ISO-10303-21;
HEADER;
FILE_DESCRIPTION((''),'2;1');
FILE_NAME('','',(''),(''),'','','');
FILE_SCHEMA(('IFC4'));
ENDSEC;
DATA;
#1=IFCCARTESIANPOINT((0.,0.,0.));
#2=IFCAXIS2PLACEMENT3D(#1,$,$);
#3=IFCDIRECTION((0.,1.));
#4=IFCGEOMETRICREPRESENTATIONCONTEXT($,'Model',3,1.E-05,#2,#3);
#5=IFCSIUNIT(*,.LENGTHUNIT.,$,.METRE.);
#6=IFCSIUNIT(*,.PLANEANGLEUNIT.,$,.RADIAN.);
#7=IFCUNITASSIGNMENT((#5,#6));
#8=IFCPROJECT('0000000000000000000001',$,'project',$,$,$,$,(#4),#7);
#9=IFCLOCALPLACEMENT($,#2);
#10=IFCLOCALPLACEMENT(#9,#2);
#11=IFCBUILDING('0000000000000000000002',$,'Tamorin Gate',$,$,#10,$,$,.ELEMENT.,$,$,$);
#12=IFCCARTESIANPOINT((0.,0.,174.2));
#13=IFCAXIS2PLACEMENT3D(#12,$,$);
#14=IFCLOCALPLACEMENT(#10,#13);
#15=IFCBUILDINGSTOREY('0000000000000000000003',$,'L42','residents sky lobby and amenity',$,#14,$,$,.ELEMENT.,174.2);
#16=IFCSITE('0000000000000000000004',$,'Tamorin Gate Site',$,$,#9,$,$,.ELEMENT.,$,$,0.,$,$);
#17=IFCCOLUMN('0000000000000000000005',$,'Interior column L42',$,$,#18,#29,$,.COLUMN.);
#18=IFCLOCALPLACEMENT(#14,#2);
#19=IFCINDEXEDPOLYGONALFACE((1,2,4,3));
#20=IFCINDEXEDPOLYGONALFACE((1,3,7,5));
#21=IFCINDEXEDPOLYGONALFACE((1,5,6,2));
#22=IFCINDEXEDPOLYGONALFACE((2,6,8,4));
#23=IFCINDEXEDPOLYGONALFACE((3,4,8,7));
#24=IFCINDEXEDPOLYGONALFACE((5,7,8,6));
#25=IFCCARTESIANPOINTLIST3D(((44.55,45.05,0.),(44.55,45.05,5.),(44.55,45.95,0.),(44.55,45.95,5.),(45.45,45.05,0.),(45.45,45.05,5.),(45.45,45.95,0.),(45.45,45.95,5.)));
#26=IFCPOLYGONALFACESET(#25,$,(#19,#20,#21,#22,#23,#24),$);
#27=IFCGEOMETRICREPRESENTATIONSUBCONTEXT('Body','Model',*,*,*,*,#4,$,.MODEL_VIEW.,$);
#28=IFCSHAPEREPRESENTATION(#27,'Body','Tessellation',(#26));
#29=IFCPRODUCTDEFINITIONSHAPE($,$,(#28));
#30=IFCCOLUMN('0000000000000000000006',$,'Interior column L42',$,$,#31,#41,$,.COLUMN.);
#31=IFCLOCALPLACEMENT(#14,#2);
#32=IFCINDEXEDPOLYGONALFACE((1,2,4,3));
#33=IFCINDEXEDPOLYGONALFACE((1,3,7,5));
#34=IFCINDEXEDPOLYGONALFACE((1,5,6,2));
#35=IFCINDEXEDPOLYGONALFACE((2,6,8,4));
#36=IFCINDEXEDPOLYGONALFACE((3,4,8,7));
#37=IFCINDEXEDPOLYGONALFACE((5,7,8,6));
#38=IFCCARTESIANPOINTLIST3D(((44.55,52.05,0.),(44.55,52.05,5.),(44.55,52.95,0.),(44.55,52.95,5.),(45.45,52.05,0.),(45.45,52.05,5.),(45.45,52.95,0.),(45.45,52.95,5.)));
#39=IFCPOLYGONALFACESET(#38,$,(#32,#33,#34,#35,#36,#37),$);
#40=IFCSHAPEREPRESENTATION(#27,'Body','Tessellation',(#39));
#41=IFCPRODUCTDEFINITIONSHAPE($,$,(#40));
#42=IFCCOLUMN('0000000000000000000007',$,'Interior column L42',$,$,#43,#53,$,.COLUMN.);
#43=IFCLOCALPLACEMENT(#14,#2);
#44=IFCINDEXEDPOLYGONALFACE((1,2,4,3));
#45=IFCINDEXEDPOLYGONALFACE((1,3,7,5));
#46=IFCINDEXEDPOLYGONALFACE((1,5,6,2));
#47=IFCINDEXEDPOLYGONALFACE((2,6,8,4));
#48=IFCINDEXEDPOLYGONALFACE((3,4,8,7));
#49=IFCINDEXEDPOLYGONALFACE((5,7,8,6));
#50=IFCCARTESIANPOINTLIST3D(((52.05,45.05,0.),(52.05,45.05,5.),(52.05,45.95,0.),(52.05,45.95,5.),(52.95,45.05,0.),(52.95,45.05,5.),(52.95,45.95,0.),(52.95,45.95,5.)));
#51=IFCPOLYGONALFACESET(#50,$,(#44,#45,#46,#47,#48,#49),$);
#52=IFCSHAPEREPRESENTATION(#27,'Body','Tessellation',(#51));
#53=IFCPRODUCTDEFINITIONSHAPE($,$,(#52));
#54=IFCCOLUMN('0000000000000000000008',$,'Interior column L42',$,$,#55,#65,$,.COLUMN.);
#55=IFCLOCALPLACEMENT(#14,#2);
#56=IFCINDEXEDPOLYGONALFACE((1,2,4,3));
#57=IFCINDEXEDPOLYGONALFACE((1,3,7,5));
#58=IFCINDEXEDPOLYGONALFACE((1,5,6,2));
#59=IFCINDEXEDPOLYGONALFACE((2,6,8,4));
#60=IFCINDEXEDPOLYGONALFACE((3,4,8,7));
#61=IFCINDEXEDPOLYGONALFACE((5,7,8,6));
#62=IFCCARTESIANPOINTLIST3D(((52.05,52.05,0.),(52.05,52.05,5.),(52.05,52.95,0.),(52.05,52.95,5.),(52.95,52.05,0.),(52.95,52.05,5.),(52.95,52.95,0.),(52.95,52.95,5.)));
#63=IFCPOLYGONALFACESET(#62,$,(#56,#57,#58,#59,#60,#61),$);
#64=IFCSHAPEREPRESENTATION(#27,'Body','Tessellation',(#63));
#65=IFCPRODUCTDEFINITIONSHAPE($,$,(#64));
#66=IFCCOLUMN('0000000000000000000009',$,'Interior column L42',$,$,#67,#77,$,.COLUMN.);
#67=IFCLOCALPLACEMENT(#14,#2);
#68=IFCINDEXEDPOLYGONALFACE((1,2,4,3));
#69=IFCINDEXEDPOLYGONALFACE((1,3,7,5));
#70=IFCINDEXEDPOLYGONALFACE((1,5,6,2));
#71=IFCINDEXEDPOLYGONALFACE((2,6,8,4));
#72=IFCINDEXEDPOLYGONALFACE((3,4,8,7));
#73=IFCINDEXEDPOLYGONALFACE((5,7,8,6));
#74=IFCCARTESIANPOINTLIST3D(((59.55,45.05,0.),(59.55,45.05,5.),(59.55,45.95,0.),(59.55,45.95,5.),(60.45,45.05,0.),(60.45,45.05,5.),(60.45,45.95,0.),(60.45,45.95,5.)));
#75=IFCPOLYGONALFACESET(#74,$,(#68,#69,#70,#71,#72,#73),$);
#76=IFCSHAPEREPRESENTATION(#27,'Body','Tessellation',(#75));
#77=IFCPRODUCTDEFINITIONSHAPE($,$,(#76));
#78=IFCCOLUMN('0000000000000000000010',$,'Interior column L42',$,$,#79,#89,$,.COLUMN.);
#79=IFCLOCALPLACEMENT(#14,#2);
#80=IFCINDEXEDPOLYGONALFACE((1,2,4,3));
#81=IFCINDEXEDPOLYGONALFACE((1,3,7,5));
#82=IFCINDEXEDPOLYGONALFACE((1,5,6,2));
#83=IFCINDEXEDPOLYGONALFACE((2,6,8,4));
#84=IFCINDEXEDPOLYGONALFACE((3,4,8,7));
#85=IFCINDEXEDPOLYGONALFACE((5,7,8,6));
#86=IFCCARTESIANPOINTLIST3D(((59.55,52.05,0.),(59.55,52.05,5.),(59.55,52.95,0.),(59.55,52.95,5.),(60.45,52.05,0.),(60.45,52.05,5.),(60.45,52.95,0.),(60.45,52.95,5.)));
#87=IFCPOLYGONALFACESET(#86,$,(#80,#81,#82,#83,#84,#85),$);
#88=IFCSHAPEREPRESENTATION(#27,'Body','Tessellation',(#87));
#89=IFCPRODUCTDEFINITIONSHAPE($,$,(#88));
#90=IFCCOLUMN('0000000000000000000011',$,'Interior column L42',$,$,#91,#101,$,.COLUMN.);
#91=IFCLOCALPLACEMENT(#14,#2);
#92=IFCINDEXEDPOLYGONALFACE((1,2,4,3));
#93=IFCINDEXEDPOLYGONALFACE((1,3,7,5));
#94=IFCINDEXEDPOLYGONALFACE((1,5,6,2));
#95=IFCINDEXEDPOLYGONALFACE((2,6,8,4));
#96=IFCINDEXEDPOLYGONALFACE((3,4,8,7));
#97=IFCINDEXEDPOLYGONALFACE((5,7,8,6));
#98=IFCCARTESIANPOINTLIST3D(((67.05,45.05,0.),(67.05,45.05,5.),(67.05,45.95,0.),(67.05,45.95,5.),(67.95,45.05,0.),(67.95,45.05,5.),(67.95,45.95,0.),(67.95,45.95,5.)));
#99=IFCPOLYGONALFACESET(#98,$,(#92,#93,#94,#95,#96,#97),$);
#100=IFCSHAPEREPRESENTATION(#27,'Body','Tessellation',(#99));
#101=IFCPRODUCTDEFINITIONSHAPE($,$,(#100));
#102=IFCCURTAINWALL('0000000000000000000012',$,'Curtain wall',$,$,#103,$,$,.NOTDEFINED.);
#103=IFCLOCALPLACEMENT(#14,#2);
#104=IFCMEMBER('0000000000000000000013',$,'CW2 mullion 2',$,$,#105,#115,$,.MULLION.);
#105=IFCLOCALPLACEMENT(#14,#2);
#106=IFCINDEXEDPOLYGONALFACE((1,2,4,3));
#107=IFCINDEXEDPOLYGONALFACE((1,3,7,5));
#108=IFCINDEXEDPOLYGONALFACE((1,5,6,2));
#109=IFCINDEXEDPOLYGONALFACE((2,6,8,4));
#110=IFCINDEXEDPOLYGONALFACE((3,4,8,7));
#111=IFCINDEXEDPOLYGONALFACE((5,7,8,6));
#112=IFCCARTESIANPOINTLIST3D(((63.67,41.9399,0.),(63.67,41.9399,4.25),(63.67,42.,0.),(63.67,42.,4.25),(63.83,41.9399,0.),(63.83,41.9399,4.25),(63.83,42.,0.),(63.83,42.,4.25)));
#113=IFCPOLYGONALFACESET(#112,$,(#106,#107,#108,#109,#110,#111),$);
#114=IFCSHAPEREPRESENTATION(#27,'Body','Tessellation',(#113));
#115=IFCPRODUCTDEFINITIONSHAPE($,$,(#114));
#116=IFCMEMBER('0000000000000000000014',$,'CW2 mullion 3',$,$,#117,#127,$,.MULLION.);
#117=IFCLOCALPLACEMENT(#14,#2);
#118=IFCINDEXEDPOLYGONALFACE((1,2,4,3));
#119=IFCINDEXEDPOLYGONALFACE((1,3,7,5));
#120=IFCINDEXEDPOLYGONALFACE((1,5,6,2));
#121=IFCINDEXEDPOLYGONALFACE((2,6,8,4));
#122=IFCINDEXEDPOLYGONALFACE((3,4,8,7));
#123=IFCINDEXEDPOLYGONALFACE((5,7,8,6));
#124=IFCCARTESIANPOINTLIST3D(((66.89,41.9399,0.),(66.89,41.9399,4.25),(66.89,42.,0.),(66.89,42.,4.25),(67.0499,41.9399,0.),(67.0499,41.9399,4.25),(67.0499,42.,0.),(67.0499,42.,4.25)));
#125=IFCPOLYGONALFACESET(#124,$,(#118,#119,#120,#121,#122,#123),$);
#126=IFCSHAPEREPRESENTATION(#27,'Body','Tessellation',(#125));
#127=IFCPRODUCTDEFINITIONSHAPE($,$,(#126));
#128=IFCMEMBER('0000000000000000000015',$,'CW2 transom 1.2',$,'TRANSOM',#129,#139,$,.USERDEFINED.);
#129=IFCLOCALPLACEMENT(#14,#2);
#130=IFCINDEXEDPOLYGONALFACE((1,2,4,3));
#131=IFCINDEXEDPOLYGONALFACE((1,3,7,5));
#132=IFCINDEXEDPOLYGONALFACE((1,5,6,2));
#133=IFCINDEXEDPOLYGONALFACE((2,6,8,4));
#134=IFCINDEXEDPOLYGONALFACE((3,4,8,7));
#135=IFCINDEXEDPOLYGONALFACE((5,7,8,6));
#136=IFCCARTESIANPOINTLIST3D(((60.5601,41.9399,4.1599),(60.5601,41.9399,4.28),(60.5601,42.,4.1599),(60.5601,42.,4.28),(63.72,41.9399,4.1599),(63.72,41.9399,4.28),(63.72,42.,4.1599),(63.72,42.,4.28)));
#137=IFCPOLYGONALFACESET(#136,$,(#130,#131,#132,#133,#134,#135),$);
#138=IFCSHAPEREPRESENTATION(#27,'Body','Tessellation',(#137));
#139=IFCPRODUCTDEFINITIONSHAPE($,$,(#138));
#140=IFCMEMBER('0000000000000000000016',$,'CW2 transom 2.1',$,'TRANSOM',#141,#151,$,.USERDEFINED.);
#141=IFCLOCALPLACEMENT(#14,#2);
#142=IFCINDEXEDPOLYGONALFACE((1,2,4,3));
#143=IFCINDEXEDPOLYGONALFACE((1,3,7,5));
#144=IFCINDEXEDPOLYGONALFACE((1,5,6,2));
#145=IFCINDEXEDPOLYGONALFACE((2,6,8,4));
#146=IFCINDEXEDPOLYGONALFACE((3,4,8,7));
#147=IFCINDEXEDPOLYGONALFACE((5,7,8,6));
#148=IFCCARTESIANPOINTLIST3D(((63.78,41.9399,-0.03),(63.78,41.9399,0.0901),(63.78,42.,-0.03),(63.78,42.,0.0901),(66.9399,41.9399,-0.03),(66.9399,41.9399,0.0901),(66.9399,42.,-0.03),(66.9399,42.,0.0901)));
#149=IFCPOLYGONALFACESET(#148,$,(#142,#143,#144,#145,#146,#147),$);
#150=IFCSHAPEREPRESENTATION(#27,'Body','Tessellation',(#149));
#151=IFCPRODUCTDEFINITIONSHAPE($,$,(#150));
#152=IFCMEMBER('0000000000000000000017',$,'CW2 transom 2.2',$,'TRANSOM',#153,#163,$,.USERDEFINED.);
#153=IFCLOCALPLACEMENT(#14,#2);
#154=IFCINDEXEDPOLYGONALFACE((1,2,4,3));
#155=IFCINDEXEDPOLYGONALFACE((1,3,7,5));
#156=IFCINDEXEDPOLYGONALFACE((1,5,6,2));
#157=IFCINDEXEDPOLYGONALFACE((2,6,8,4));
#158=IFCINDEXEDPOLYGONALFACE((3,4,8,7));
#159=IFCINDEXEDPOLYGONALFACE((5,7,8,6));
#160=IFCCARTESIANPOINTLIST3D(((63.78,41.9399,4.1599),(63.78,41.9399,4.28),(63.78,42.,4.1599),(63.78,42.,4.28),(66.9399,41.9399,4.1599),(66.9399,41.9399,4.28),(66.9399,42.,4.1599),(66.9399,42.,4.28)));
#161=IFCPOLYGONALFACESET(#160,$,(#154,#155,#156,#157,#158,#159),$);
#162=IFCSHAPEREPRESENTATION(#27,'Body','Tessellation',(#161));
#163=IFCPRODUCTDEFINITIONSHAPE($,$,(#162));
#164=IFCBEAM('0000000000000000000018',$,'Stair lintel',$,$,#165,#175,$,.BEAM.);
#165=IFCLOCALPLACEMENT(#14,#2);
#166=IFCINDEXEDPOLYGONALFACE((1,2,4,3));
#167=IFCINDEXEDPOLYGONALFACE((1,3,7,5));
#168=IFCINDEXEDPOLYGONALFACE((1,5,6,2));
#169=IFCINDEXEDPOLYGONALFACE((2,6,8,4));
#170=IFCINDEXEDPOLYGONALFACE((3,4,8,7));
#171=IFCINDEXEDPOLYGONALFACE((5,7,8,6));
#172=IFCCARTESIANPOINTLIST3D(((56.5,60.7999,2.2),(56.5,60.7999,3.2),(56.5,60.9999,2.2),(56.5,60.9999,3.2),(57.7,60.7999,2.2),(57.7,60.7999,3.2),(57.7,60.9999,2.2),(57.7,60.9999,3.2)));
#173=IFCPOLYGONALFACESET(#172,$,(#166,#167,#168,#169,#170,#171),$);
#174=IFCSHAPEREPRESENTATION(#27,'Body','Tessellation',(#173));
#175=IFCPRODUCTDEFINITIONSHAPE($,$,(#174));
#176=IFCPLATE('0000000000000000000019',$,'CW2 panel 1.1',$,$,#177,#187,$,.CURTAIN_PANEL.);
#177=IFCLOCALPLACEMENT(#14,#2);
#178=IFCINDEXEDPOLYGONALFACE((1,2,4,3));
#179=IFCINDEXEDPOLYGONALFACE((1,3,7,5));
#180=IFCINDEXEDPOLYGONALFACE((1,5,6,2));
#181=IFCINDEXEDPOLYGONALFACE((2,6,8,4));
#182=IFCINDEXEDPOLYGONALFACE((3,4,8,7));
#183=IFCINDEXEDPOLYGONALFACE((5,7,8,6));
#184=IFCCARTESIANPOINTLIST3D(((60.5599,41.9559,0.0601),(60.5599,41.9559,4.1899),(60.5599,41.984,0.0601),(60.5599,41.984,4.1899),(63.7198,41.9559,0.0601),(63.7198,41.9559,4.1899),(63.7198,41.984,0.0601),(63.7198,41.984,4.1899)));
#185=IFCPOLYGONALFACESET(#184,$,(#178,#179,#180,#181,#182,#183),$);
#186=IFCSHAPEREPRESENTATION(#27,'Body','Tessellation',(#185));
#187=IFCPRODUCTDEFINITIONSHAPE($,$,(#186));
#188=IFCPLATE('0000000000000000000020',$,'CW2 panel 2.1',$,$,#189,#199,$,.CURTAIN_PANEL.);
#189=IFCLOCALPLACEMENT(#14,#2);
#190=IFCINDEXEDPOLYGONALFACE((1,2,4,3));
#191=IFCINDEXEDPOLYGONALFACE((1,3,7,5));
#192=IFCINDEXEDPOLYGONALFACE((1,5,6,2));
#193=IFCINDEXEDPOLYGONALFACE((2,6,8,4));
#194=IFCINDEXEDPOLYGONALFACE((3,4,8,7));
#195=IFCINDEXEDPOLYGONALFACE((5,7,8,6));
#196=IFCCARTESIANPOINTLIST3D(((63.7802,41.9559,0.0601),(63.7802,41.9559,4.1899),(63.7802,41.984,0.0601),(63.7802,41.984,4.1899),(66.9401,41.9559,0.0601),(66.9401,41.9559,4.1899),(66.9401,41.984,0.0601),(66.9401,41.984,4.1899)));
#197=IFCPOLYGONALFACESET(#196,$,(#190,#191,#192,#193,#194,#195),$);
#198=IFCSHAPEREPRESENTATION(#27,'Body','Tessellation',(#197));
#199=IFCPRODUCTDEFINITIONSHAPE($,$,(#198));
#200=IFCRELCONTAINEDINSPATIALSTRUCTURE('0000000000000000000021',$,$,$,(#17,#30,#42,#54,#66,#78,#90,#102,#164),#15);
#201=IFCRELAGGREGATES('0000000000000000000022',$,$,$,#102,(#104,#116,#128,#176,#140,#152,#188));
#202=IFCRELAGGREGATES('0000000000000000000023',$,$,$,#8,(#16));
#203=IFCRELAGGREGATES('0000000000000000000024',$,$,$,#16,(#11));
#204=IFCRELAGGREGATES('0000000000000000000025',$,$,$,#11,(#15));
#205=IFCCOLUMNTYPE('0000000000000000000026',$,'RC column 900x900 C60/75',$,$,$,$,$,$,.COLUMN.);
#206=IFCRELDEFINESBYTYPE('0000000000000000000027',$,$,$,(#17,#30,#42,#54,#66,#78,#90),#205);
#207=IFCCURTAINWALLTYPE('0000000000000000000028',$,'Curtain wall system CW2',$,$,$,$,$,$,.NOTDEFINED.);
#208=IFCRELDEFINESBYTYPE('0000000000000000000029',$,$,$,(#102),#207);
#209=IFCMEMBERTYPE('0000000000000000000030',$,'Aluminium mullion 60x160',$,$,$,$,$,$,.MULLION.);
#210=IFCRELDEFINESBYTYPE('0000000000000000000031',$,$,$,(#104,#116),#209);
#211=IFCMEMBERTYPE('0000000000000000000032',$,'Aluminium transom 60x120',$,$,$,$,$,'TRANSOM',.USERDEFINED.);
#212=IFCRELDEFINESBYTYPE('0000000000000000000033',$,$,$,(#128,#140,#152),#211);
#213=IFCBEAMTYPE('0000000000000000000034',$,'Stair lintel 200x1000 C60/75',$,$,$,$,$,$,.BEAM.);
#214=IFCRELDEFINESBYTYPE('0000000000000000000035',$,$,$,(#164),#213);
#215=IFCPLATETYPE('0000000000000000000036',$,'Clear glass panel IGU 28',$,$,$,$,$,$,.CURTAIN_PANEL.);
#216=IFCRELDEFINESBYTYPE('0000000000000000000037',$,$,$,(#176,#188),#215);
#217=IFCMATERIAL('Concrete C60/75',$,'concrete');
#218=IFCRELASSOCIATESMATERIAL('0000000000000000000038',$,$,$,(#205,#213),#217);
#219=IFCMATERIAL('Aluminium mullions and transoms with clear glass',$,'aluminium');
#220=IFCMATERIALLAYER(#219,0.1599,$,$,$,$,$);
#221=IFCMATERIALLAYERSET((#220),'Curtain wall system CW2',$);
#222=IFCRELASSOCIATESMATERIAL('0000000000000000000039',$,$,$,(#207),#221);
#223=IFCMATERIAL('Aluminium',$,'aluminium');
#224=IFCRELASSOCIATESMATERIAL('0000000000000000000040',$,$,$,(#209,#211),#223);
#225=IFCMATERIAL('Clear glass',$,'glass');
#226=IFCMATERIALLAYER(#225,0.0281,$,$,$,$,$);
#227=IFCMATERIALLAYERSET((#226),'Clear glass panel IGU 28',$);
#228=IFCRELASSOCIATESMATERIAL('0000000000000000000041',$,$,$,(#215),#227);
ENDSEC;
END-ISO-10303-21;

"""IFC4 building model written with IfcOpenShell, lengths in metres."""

from ifc_helpers import new_model, si_unit, direction, frame, origin, origin_2d, place, context, subcontext, project, spatial, rectangle, extrude, material, layer, layer_set, material_profile, profile_set, type_object, element, aggregate, save


model = new_model("IFC4")

# Units and contexts
model_context = context("Model", 3, precision=1e-05, world=origin(), true_north=direction((0.0, 1.0)))
body_context = subcontext(model_context, "Body", "Model", "MODEL_VIEW")
ifc_project = project(units=[si_unit("LENGTHUNIT", "METRE"), si_unit("PLANEANGLEUNIT", "RADIAN")], contexts=[model_context])

# Site, building, storey
site_placement = place(None, origin())
site = spatial("IfcSite", under=ifc_project, at=site_placement, Name="Tamorin Gate Site", CompositionType="ELEMENT", RefElevation=0.0)
building_placement = place(site_placement, origin())
building = spatial("IfcBuilding", under=site, at=building_placement, Name="Tamorin Gate", CompositionType="ELEMENT")
storey_placement = place(building_placement, frame((0.0, 0.0, 174.2)))
storey = spatial("IfcBuildingStorey", under=building, at=storey_placement, Name="L42", Description="residents sky lobby and amenity", CompositionType="ELEMENT", Elevation=174.2)

# Columns
ifc_material_1 = material(Name="Concrete C60/75", Category="concrete")
ifc_material_profile_1 = material_profile(ifc_material_1, rectangle(XDim=0.8999, YDim=0.8999, at=origin_2d()), Name="RC 900x900")
ifc_profile_set_1 = profile_set([ifc_material_profile_1], Name="Concrete C60/75")
column_type = type_object("IfcColumnType", Name="RC column 900x900 C60/75", PredefinedType="COLUMN", material=ifc_profile_set_1)
for number, where, z_axis, x_axis, name in (
    (1, (45.0, 45.5, 0.0), (0.0, 0.0, 1.0), (1.0, 0.0, 0.0), "Interior column L42"),
    (2, (45.0, 52.5, 0.0), (0.0, 0.0, 1.0), (1.0, 0.0, 0.0), "Interior column L42"),
    (3, (52.5, 45.5, 0.0), (0.0, 0.0, 1.0), (1.0, 0.0, 0.0), "Interior column L42"),
    (4, (52.5, 52.5, 0.0), (0.0, 0.0, 1.0), (1.0, 0.0, 0.0), "Interior column L42"),
    (5, (60.0, 45.5, 0.0), (0.0, 0.0, 1.0), (1.0, 0.0, 0.0), "Interior column L42"),
    (6, (60.0, 52.5, 0.0), (0.0, 0.0, 1.0), (1.0, 0.0, 0.0), "Interior column L42"),
    (7, (67.5, 45.5, 0.0), (0.0, 0.0, 1.0), (1.0, 0.0, 0.0), "Interior column L42"),
):
    element("IfcColumn", number, at=place(storey_placement, frame(where, z_axis=z_axis, x_axis=x_axis)), inside=storey, type_object=column_type, Name=name, PredefinedType="COLUMN", context=body_context, shape_type="SweptSolid", body=[
        extrude(rectangle(XDim=0.8999, YDim=0.8999, at=origin_2d()), origin(), (0.0, 0.0, 1.0), 5.0),
    ])

# Curtain wall, members
ifc_material_2 = material(Name="Aluminium mullions and transoms with clear glass", Category="aluminium")
ifc_layer_1 = layer(ifc_material_2, 0.1599)
ifc_layer_set_1 = layer_set([ifc_layer_1], Name="Curtain wall system CW2")
curtain_wall_type = type_object("IfcCurtainWallType", Name="Curtain wall system CW2", PredefinedType="NOTDEFINED", material=ifc_layer_set_1)
curtain_wall_placement = place(storey_placement, origin())
curtain_wall = element("IfcCurtainWall", 8, at=curtain_wall_placement, inside=storey, type_object=curtain_wall_type, Name="Curtain wall", PredefinedType="NOTDEFINED")
ifc_material_3 = material(Name="Aluminium", Category="aluminium")
ifc_material_profile_2 = material_profile(ifc_material_3, rectangle(XDim=0.0601, YDim=0.1599, at=origin_2d()), Name="RECT 60x160")
ifc_profile_set_2 = profile_set([ifc_material_profile_2], Name="Aluminium")
member_type_1 = type_object("IfcMemberType", Name="Aluminium mullion 60x160", PredefinedType="MULLION", material=ifc_profile_set_2)
member_1_placement = place(storey_placement, frame((63.75, 41.97, 0.0), z_axis=(0.0, 0.0, 1.0), x_axis=(0.0, 1.0, 0.0)))
member_1 = element("IfcMember", 9, at=member_1_placement, type_object=member_type_1, Name="CW2 mullion 2", PredefinedType="MULLION", context=body_context, shape_type="SweptSolid", body=[
    extrude(rectangle(XDim=0.0601, YDim=0.1599, at=origin_2d()), origin(), (0.0, 0.0, 1.0), 4.25),
])
member_2_placement = place(storey_placement, frame((66.97, 41.97, 0.0), z_axis=(0.0, 0.0, 1.0), x_axis=(0.0, 1.0, 0.0)))
member_2 = element("IfcMember", 10, at=member_2_placement, type_object=member_type_1, Name="CW2 mullion 3", PredefinedType="MULLION", context=body_context, shape_type="SweptSolid", body=[
    extrude(rectangle(XDim=0.0601, YDim=0.1599, at=origin_2d()), origin(), (0.0, 0.0, 1.0), 4.25),
])
ifc_material_profile_3 = material_profile(ifc_material_3, rectangle(XDim=0.0601, YDim=0.1201, at=origin_2d()), Name="RECT 60x120")
ifc_profile_set_3 = profile_set([ifc_material_profile_3], Name="Aluminium")
member_type_2 = type_object("IfcMemberType", Name="Aluminium transom 60x120", ElementType="TRANSOM", PredefinedType="USERDEFINED", material=ifc_profile_set_3)
member_3_placement = place(storey_placement, frame((60.5601, 41.97, 4.22), z_axis=(1.0, 0.0, 0.0), x_axis=(0.0, 1.0, 0.0)))
member_3 = element("IfcMember", 11, at=member_3_placement, type_object=member_type_2, Name="CW2 transom 1.2", ObjectType="TRANSOM", PredefinedType="USERDEFINED", context=body_context, shape_type="SweptSolid", body=[
    extrude(rectangle(XDim=0.0601, YDim=0.1201, at=origin_2d()), origin(), (0.0, 0.0, 1.0), 3.1599),
])
member_4_placement = place(storey_placement, frame((63.78, 41.97, 0.03), z_axis=(1.0, 0.0, 0.0), x_axis=(0.0, 1.0, 0.0)))
member_4 = element("IfcMember", 12, at=member_4_placement, type_object=member_type_2, Name="CW2 transom 2.1", ObjectType="TRANSOM", PredefinedType="USERDEFINED", context=body_context, shape_type="SweptSolid", body=[
    extrude(rectangle(XDim=0.0601, YDim=0.1201, at=origin_2d()), origin(), (0.0, 0.0, 1.0), 3.1599),
])
member_5_placement = place(storey_placement, frame((63.78, 41.97, 4.22), z_axis=(1.0, 0.0, 0.0), x_axis=(0.0, 1.0, 0.0)))
member_5 = element("IfcMember", 13, at=member_5_placement, type_object=member_type_2, Name="CW2 transom 2.2", ObjectType="TRANSOM", PredefinedType="USERDEFINED", context=body_context, shape_type="SweptSolid", body=[
    extrude(rectangle(XDim=0.0601, YDim=0.1201, at=origin_2d()), origin(), (0.0, 0.0, 1.0), 3.1599),
])

# Beam
ifc_material_profile_4 = material_profile(ifc_material_1, rectangle(XDim=0.2, YDim=1.0, at=origin_2d()))
ifc_profile_set_4 = profile_set([ifc_material_profile_4], Name="Concrete C60/75")
beam_type = type_object("IfcBeamType", Name="Stair lintel 200x1000 C60/75", PredefinedType="BEAM", material=ifc_profile_set_4)
beam_placement = place(storey_placement, frame((56.5, 60.8999, 2.7), z_axis=(1.0, 0.0, 0.0), x_axis=(0.0, 1.0, 0.0)))
element("IfcBeam", 14, at=beam_placement, inside=storey, type_object=beam_type, Name="Stair lintel", PredefinedType="BEAM", context=body_context, shape_type="SweptSolid", body=[
    extrude(rectangle(XDim=0.2, YDim=1.0, at=origin_2d()), origin(), (0.0, 0.0, 1.0), 1.2),
])

# Plates
ifc_material_4 = material(Name="Clear glass", Category="glass")
ifc_layer_2 = layer(ifc_material_4, 0.0281)
ifc_layer_set_2 = layer_set([ifc_layer_2], Name="Clear glass panel IGU 28")
plate_type = type_object("IfcPlateType", Name="Clear glass panel IGU 28", PredefinedType="CURTAIN_PANEL", material=ifc_layer_set_2)
plate_1_placement = place(storey_placement, frame((62.1399, 41.97, 0.0601), z_axis=(0.0, 0.0, 1.0), x_axis=(1.0, 0.0, 0.0)))
plate_1 = element("IfcPlate", 15, at=plate_1_placement, type_object=plate_type, Name="CW2 panel 1.1", PredefinedType="CURTAIN_PANEL", context=body_context, shape_type="SweptSolid", body=[
    extrude(rectangle(XDim=3.1599, YDim=0.0281, at=origin_2d()), origin(), (0.0, 0.0, 1.0), 4.1299),
])
plate_2_placement = place(storey_placement, frame((65.3601, 41.97, 0.0601), z_axis=(0.0, 0.0, 1.0), x_axis=(1.0, 0.0, 0.0)))
plate_2 = element("IfcPlate", 16, at=plate_2_placement, type_object=plate_type, Name="CW2 panel 2.1", PredefinedType="CURTAIN_PANEL", context=body_context, shape_type="SweptSolid", body=[
    extrude(rectangle(XDim=3.1599, YDim=0.0281, at=origin_2d()), origin(), (0.0, 0.0, 1.0), 4.1299),
])
aggregate(curtain_wall, [member_1, member_2, member_3, plate_1, member_4, member_5, plate_2])

save(model, "model.ifc")
